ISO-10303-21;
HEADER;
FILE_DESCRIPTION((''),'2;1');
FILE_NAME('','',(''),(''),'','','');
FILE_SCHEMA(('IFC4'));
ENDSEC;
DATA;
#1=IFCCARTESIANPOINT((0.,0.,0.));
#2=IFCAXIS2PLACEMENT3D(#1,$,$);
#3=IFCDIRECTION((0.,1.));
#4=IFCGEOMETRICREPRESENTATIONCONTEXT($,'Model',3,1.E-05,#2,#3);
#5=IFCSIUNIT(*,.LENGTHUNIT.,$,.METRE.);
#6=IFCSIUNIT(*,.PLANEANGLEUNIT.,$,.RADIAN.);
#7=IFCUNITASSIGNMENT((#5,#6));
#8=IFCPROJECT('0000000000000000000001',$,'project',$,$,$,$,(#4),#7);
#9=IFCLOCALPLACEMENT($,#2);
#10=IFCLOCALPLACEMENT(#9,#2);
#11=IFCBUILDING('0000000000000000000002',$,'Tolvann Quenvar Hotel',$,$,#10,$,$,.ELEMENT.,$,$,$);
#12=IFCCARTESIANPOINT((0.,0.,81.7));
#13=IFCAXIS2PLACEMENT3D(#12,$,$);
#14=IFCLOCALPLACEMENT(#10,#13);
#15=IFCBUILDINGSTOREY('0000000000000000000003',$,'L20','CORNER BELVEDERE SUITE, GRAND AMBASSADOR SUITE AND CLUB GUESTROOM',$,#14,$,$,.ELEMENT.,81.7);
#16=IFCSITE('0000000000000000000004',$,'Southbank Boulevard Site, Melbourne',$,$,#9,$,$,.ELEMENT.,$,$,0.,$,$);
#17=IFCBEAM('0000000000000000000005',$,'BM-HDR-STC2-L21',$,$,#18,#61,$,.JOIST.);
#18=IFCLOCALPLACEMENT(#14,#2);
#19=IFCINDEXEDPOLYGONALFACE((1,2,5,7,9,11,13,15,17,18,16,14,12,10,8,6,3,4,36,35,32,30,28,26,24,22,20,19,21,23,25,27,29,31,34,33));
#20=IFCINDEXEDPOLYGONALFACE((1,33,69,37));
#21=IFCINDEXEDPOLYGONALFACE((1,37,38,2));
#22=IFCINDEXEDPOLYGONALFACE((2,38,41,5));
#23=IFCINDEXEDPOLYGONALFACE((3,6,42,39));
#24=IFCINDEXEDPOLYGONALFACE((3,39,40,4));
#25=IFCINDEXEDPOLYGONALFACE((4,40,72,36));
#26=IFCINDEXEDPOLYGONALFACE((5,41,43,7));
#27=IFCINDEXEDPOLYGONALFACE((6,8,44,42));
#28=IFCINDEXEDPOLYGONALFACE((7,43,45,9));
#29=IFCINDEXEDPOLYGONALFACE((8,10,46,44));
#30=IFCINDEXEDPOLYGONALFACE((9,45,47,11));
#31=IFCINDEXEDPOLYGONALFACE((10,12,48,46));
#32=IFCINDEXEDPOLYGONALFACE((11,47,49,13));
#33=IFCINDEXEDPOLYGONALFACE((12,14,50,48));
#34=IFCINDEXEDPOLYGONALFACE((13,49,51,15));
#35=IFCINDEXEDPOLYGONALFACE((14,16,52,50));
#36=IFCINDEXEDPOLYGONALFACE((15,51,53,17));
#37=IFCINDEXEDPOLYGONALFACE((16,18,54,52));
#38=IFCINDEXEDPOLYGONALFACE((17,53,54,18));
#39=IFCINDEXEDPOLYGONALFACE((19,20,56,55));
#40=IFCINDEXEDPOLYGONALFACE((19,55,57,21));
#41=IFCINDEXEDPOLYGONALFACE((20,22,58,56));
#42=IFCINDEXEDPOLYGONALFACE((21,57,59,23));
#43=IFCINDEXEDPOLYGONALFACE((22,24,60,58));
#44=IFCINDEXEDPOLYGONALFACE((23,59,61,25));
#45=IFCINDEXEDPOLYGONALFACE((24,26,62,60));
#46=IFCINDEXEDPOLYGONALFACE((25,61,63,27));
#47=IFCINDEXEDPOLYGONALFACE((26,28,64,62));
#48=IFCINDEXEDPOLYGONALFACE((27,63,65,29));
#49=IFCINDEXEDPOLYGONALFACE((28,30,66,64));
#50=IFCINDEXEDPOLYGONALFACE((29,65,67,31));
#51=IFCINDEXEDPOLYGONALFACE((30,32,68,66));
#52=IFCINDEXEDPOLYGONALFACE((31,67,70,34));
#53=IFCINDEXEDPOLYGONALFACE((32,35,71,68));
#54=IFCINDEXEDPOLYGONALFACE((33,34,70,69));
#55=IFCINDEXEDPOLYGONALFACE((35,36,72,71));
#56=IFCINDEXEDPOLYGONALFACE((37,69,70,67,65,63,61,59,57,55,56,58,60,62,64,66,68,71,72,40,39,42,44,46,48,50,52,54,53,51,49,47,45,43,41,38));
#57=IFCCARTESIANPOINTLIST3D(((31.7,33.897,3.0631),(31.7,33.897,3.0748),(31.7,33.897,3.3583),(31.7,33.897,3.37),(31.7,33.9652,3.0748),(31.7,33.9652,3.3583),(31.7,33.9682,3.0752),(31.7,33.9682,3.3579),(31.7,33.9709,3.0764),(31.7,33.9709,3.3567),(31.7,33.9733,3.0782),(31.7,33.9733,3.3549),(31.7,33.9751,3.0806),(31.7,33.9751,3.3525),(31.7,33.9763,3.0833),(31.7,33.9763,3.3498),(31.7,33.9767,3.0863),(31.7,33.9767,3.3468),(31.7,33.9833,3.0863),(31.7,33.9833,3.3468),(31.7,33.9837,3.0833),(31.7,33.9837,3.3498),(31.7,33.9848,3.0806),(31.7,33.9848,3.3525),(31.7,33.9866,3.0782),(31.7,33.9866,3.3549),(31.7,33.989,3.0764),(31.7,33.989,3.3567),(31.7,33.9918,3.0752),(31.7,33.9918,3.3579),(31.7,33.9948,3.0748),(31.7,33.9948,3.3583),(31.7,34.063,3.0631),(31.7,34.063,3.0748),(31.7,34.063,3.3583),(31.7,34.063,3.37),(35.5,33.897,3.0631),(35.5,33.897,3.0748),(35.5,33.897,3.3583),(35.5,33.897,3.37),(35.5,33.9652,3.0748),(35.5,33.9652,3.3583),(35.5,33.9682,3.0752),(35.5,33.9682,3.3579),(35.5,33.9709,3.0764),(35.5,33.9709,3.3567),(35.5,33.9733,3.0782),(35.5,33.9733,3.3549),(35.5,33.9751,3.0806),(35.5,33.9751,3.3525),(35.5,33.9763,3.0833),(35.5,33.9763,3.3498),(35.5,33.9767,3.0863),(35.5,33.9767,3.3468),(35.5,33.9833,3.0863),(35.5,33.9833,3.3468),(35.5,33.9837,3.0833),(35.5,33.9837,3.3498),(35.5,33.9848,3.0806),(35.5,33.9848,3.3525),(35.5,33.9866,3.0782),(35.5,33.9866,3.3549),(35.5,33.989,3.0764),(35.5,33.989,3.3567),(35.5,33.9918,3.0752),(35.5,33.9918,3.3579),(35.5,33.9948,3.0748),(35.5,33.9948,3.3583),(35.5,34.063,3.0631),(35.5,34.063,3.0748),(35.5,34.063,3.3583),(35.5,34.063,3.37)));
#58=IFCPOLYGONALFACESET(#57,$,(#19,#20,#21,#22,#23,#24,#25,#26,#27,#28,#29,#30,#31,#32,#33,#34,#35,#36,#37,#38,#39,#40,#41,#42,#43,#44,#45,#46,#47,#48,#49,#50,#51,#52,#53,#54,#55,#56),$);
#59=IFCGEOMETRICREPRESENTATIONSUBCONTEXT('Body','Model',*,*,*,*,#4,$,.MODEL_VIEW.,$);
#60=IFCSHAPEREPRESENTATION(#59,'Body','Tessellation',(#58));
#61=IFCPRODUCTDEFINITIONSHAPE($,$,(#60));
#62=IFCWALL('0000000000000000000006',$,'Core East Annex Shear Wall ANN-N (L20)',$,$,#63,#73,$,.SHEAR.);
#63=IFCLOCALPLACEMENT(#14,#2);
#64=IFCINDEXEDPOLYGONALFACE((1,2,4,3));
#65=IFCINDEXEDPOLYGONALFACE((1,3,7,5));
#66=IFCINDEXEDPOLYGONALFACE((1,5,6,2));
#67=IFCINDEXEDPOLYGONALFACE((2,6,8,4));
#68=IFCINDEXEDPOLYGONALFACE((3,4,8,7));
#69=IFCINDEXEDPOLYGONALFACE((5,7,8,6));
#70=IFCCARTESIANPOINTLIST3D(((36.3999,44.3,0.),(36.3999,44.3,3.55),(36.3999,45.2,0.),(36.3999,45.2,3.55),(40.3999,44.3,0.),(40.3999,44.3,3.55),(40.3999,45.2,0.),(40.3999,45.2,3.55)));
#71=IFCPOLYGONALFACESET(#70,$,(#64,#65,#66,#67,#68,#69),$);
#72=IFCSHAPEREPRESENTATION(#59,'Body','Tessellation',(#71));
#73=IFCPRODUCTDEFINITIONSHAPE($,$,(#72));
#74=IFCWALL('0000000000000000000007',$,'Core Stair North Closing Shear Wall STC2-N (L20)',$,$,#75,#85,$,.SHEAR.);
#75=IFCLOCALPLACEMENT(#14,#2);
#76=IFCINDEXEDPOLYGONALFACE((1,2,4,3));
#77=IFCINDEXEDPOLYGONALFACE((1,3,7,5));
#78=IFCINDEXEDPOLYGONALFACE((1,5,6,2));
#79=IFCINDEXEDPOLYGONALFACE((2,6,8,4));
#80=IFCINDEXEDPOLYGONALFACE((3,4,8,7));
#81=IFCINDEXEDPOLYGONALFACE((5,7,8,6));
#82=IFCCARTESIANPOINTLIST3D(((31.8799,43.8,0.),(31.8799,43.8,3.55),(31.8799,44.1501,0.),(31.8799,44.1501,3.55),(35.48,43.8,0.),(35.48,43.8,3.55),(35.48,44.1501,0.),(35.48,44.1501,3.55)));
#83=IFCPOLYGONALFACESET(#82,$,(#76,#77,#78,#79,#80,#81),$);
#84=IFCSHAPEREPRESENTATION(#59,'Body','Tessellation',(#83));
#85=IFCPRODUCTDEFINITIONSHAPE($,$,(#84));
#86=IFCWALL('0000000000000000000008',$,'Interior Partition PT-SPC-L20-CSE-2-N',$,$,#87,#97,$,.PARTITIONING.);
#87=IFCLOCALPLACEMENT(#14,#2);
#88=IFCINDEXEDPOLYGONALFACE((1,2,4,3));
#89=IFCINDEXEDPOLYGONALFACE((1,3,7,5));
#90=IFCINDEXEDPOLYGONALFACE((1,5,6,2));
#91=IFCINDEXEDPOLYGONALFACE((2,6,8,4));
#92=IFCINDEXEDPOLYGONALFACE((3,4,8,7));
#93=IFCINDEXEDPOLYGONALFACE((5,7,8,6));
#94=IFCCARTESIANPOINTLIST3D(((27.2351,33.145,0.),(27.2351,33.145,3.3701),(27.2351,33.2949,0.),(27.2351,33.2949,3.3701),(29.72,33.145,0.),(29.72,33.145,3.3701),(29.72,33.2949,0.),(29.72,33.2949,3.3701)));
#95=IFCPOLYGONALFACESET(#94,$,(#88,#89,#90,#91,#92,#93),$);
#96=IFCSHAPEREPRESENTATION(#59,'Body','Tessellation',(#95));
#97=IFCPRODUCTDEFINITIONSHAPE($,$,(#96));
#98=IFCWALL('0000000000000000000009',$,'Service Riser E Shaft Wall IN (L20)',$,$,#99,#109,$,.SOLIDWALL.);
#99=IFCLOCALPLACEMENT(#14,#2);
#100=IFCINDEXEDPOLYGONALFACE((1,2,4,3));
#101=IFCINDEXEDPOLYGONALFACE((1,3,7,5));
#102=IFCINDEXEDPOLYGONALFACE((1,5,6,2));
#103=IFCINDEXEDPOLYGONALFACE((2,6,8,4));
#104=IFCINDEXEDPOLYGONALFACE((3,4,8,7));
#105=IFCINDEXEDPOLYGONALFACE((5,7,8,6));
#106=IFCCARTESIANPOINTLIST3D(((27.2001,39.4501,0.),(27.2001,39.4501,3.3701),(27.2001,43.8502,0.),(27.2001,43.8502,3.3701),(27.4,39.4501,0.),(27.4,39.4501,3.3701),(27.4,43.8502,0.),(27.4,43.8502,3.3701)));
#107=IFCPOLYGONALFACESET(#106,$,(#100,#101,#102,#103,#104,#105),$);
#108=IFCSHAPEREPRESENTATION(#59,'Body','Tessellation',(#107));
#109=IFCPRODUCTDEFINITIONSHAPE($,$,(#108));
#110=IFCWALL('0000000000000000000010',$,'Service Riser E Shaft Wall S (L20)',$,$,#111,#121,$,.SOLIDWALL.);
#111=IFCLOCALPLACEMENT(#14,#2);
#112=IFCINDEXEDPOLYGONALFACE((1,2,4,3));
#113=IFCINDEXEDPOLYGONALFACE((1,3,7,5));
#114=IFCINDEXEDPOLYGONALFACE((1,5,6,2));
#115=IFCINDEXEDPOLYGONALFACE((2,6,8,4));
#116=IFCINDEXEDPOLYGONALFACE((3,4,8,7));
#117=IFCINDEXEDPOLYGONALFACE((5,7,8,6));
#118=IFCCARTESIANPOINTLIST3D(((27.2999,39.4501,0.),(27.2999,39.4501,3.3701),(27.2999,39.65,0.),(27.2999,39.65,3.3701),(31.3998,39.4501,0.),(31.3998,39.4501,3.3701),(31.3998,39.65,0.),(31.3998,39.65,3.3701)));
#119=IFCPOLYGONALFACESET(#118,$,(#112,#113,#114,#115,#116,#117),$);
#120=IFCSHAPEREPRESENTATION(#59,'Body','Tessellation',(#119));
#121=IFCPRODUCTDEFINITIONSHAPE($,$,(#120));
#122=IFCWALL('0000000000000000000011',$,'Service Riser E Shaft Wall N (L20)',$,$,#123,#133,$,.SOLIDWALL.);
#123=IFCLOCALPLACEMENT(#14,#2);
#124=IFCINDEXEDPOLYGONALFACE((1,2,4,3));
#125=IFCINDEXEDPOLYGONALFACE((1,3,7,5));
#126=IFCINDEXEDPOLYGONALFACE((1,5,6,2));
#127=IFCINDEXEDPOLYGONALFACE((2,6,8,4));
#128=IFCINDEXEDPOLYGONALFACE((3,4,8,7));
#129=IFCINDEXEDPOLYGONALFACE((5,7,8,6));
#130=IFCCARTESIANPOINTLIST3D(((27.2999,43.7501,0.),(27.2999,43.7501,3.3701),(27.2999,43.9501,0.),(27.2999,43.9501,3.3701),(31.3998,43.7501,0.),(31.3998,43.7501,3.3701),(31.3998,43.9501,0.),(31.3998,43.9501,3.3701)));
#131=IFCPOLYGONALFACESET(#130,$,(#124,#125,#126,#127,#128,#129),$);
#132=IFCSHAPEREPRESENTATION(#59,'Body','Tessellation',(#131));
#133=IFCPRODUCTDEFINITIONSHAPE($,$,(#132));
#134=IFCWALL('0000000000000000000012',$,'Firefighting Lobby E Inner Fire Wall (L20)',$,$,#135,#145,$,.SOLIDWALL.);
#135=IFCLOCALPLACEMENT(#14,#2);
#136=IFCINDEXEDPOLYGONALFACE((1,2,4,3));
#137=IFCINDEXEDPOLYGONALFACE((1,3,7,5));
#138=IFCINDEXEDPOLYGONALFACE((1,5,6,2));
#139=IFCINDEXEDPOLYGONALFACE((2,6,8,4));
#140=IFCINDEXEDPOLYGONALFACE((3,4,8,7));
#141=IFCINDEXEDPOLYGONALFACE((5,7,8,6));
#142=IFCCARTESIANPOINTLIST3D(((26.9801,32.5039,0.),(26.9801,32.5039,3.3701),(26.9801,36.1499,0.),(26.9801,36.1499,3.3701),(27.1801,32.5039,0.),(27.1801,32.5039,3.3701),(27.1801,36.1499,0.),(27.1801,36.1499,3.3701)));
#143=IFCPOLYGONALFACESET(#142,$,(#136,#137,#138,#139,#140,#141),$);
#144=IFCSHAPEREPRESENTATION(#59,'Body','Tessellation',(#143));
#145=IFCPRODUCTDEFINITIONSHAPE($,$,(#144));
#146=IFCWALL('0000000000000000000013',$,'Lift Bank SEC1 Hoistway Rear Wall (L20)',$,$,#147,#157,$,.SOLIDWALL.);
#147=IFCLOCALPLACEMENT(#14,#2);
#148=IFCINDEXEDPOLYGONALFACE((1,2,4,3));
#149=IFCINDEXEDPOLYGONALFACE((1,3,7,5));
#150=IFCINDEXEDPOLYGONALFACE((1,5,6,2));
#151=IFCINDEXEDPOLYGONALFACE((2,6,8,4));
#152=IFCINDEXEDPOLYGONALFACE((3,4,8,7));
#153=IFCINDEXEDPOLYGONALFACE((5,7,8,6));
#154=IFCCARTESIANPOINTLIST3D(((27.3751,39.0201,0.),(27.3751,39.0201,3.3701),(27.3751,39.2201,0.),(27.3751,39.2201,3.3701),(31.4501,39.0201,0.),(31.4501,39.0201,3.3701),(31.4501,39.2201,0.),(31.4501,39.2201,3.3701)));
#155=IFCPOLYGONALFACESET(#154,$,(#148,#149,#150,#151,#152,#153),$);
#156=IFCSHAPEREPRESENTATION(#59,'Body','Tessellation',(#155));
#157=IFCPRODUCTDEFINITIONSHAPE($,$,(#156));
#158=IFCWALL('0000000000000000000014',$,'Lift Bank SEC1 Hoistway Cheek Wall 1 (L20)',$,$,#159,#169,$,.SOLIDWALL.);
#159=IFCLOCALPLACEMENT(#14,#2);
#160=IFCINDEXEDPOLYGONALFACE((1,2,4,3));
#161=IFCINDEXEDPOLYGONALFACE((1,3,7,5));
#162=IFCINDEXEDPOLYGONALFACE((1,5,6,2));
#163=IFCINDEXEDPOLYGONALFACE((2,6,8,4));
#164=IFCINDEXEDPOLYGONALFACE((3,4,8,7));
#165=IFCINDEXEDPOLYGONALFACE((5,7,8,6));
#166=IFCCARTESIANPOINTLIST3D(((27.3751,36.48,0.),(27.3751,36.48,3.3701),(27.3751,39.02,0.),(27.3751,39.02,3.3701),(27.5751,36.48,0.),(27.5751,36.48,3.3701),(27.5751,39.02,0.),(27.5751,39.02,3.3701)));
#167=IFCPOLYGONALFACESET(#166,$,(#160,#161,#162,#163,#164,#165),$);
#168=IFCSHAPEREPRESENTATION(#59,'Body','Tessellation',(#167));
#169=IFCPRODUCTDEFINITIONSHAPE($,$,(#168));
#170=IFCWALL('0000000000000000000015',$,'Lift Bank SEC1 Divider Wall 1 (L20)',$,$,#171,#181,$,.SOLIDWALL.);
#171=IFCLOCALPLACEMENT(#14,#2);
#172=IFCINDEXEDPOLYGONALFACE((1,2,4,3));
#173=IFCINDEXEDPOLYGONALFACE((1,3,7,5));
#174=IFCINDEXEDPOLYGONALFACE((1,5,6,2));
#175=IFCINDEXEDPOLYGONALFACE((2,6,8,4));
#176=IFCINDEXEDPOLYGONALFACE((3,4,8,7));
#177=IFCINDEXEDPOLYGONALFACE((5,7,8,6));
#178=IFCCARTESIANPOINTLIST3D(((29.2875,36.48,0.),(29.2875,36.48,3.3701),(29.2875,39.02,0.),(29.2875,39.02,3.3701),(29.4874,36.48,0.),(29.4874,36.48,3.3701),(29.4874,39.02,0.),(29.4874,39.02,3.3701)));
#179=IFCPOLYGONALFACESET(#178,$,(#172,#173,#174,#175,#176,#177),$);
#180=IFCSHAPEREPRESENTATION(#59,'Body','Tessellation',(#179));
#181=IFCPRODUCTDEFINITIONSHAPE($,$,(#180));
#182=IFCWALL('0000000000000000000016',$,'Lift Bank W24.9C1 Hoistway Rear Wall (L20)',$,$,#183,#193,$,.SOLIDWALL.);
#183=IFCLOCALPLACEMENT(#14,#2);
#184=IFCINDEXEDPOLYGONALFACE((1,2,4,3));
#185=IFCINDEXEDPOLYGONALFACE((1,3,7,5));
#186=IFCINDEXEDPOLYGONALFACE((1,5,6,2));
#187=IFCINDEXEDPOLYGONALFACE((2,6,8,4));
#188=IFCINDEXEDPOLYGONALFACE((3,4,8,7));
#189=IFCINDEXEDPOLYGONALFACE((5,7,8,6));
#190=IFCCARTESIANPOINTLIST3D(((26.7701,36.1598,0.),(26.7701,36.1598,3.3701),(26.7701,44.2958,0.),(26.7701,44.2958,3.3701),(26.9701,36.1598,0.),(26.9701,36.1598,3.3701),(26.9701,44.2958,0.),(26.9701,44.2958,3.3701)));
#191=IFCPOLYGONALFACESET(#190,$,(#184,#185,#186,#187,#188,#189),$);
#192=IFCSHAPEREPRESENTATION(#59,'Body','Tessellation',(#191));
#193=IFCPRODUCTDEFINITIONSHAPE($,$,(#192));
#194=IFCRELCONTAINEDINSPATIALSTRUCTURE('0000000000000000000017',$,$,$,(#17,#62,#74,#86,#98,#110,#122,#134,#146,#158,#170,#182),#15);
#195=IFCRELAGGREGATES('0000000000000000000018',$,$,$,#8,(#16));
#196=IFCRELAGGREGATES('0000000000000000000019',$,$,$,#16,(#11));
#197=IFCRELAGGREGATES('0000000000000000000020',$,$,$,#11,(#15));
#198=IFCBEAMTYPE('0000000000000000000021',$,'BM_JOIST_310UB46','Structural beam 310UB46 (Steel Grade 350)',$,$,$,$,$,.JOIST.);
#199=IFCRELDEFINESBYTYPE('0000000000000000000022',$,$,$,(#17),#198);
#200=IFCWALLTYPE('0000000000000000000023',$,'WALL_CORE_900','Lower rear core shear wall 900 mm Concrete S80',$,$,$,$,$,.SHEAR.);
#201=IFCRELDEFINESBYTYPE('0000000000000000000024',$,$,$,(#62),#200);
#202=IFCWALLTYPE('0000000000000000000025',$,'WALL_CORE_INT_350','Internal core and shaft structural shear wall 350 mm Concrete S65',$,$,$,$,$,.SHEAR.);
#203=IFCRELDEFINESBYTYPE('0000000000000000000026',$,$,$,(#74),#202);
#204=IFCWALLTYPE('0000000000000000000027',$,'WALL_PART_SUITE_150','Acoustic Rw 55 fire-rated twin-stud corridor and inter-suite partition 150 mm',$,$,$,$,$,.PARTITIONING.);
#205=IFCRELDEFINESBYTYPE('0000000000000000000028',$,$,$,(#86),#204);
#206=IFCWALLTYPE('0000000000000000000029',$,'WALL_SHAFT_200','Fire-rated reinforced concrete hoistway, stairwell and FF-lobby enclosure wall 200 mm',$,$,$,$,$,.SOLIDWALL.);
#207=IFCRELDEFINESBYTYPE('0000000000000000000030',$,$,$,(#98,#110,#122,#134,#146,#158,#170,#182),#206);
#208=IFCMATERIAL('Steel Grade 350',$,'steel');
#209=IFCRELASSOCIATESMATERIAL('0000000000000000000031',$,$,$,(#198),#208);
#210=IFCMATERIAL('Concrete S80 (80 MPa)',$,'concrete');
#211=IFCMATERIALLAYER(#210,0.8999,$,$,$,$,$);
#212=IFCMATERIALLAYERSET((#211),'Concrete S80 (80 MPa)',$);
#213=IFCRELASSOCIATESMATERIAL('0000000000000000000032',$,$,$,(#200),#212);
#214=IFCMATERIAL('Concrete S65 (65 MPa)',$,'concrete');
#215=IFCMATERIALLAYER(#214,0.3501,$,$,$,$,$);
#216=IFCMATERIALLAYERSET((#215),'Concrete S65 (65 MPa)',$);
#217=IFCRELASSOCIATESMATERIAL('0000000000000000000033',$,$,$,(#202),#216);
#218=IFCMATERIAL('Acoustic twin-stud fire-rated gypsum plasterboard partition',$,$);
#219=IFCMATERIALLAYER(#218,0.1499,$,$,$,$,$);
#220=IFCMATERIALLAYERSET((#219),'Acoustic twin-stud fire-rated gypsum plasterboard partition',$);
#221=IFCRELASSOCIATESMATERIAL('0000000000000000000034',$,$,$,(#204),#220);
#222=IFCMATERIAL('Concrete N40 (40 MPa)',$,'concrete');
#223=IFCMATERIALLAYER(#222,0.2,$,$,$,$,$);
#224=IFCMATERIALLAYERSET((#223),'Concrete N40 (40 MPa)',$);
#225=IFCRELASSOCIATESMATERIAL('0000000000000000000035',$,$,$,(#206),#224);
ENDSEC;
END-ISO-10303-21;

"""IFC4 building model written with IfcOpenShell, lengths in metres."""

from ifc_helpers import new_model, si_unit, direction, frame, frame_2d, origin, origin_2d, place, context, subcontext, project, spatial, rectangle, i_section, extrude, source, transform, mapped, material, layer, layer_set, material_profile, profile_set, type_object, type_shapes, element, save


model = new_model("IFC4")

# Units and contexts
model_context = context("Model", 3, precision=1e-05, world=origin(), true_north=direction((0.0, 1.0)))
body_context = subcontext(model_context, "Body", "Model", "MODEL_VIEW")
ifc_project = project(units=[si_unit("LENGTHUNIT", "METRE"), si_unit("PLANEANGLEUNIT", "RADIAN")], contexts=[model_context])

# Site, building, storey
site_placement = place(None, origin())
site = spatial("IfcSite", under=ifc_project, at=site_placement, Name="Southbank Boulevard Site, Melbourne", CompositionType="ELEMENT", RefElevation=0.0)
building_placement = place(site_placement, origin())
building = spatial("IfcBuilding", under=site, at=building_placement, Name="Tolvann Quenvar Hotel", CompositionType="ELEMENT")
storey_placement = place(building_placement, frame((0.0, 0.0, 81.7)))
storey = spatial("IfcBuildingStorey", under=building, at=storey_placement, Name="L20", Description="CORNER BELVEDERE SUITE, GRAND AMBASSADOR SUITE AND CLUB GUESTROOM", CompositionType="ELEMENT", Elevation=81.7)

# Beam
ifc_material_1 = material(Name="Steel Grade 350", Category="steel")
ifc_material_profile = material_profile(ifc_material_1, i_section(OverallWidth=0.166, OverallDepth=0.3069, WebThickness=0.0066, FlangeThickness=0.0117, FilletRadius=0.0115, at=origin_2d()), Name="310UB46")
ifc_profile_set = profile_set([ifc_material_profile], Name="Steel Grade 350")
beam_type = type_object("IfcBeamType", Name="BM_JOIST_310UB46", Description="Structural beam 310UB46 (Steel Grade 350)", PredefinedType="JOIST", material=ifc_profile_set)
shared_shape_1 = source(origin(), body_context, "Body", "SweptSolid", [
    extrude(i_section(OverallWidth=0.166, OverallDepth=0.3069, WebThickness=0.0066, FlangeThickness=0.0117, FilletRadius=0.0115, at=origin_2d()), origin(), (0.0, 0.0, 1.0), 3.8),
])
type_shapes(beam_type, [shared_shape_1])
beam_placement = place(storey_placement, frame((31.7, 33.98, 3.2166), z_axis=(1.0, 0.0, 0.0), x_axis=(0.0, 1.0, 0.0)))
element("IfcBeam", 1, at=beam_placement, inside=storey, type_object=beam_type, Name="BM-HDR-STC2-L21", PredefinedType="JOIST", context=body_context, shape_type="MappedRepresentation", body=[
    mapped(shared_shape_1, transform((0.0, 0.0, 0.0), x_axis=(1.0, 0.0, 0.0), y_axis=(0.0, 1.0, 0.0), z_axis=(0.0, 0.0, 1.0), scale=1.0)),
])

# Walls
ifc_material_2 = material(Name="Concrete S80 (80 MPa)", Category="concrete")
ifc_layer_1 = layer(ifc_material_2, 0.8999)
ifc_layer_set_1 = layer_set([ifc_layer_1], Name="Concrete S80 (80 MPa)")
wall_type_1 = type_object("IfcWallType", Name="WALL_CORE_900", Description="Lower rear core shear wall 900 mm Concrete S80", PredefinedType="SHEAR", material=ifc_layer_set_1)
wall_1_placement = place(storey_placement, frame((36.3999, 44.75, 0.0), z_axis=(0.0, 0.0, 1.0), x_axis=(1.0, 0.0, 0.0)))
element("IfcWall", 2, at=wall_1_placement, inside=storey, type_object=wall_type_1, Name="Core East Annex Shear Wall ANN-N (L20)", PredefinedType="SHEAR", context=body_context, shape_type="SweptSolid", body=[
    extrude(rectangle(XDim=4.0, YDim=0.8999, at=frame_2d((2.0, 0.0))), origin(), (0.0, 0.0, 1.0), 3.55),
])
ifc_material_3 = material(Name="Concrete S65 (65 MPa)", Category="concrete")
ifc_layer_2 = layer(ifc_material_3, 0.3501)
ifc_layer_set_2 = layer_set([ifc_layer_2], Name="Concrete S65 (65 MPa)")
wall_type_2 = type_object("IfcWallType", Name="WALL_CORE_INT_350", Description="Internal core and shaft structural shear wall 350 mm Concrete S65", PredefinedType="SHEAR", material=ifc_layer_set_2)
wall_2_placement = place(storey_placement, frame((31.8799, 43.9751, 0.0), z_axis=(0.0, 0.0, 1.0), x_axis=(1.0, 0.0, 0.0)))
element("IfcWall", 3, at=wall_2_placement, inside=storey, type_object=wall_type_2, Name="Core Stair North Closing Shear Wall STC2-N (L20)", PredefinedType="SHEAR", context=body_context, shape_type="SweptSolid", body=[
    extrude(rectangle(XDim=3.6001, YDim=0.3501, at=frame_2d((1.8, 0.0))), origin(), (0.0, 0.0, 1.0), 3.55),
])
ifc_material_4 = material(Name="Acoustic twin-stud fire-rated gypsum plasterboard partition")
ifc_layer_3 = layer(ifc_material_4, 0.1499)
ifc_layer_set_3 = layer_set([ifc_layer_3], Name="Acoustic twin-stud fire-rated gypsum plasterboard partition")
wall_type_3 = type_object("IfcWallType", Name="WALL_PART_SUITE_150", Description="Acoustic Rw 55 fire-rated twin-stud corridor and inter-suite partition 150 mm", PredefinedType="PARTITIONING", material=ifc_layer_set_3)
wall_3_placement = place(storey_placement, frame((27.2351, 33.22, 0.0), z_axis=(0.0, 0.0, 1.0), x_axis=(1.0, 0.0, 0.0)))
element("IfcWall", 4, at=wall_3_placement, inside=storey, type_object=wall_type_3, Name="Interior Partition PT-SPC-L20-CSE-2-N", PredefinedType="PARTITIONING", context=body_context, shape_type="SweptSolid", body=[
    extrude(rectangle(XDim=2.4849, YDim=0.1499, at=frame_2d((1.2424, 0.0))), origin(), (0.0, 0.0, 1.0), 3.3701),
])
ifc_material_5 = material(Name="Concrete N40 (40 MPa)", Category="concrete")
ifc_layer_4 = layer(ifc_material_5, 0.2)
ifc_layer_set_4 = layer_set([ifc_layer_4], Name="Concrete N40 (40 MPa)")
wall_type_4 = type_object("IfcWallType", Name="WALL_SHAFT_200", Description="Fire-rated reinforced concrete hoistway, stairwell and FF-lobby enclosure wall 200 mm", PredefinedType="SOLIDWALL", material=ifc_layer_set_4)
wall_4_placement = place(storey_placement, frame((27.3, 39.45, 0.0), z_axis=(0.0, 0.0, 1.0), x_axis=(0.0, 1.0, 0.0)))
element("IfcWall", 5, at=wall_4_placement, inside=storey, type_object=wall_type_4, Name="Service Riser E Shaft Wall IN (L20)", PredefinedType="SOLIDWALL", context=body_context, shape_type="SweptSolid", body=[
    extrude(rectangle(XDim=4.4001, YDim=0.2, at=frame_2d((2.2002, 0.0))), origin(), (0.0, 0.0, 1.0), 3.3701),
])
for number, where, z_axis, x_axis, name in (
    (6, (27.3, 39.55, 0.0), (0.0, 0.0, 1.0), (1.0, 0.0, 0.0), "Service Riser E Shaft Wall S (L20)"),
    (7, (27.3, 43.8501, 0.0), (0.0, 0.0, 1.0), (1.0, 0.0, 0.0), "Service Riser E Shaft Wall N (L20)"),
):
    element("IfcWall", number, at=place(storey_placement, frame(where, z_axis=z_axis, x_axis=x_axis)), inside=storey, type_object=wall_type_4, Name=name, PredefinedType="SOLIDWALL", context=body_context, shape_type="SweptSolid", body=[
        extrude(rectangle(XDim=4.0999, YDim=0.2, at=frame_2d((2.0498, 0.0))), origin(), (0.0, 0.0, 1.0), 3.3701),
    ])
wall_5_placement = place(storey_placement, frame((27.0801, 32.5039, 0.0), z_axis=(0.0, 0.0, 1.0), x_axis=(0.0, 1.0, 0.0)))
element("IfcWall", 8, at=wall_5_placement, inside=storey, type_object=wall_type_4, Name="Firefighting Lobby E Inner Fire Wall (L20)", PredefinedType="SOLIDWALL", context=body_context, shape_type="SweptSolid", body=[
    extrude(rectangle(XDim=3.646, YDim=0.2, at=frame_2d((1.823, 0.0))), origin(), (0.0, 0.0, 1.0), 3.3701),
])

# Walls
wall_6_placement = place(storey_placement, frame((27.375, 39.1201, 0.0), z_axis=(0.0, 0.0, 1.0), x_axis=(1.0, 0.0, 0.0)))
element("IfcWall", 9, at=wall_6_placement, inside=storey, type_object=wall_type_4, Name="Lift Bank SEC1 Hoistway Rear Wall (L20)", PredefinedType="SOLIDWALL", context=body_context, shape_type="SweptSolid", body=[
    extrude(rectangle(XDim=4.075, YDim=0.2, at=frame_2d((2.0376, 0.0))), origin(), (0.0, 0.0, 1.0), 3.3701),
])
for number, where, z_axis, x_axis, name in (
    (10, (27.4751, 36.48, 0.0), (0.0, 0.0, 1.0), (0.0, 1.0, 0.0), "Lift Bank SEC1 Hoistway Cheek Wall 1 (L20)"),
    (11, (29.3875, 36.48, 0.0), (0.0, 0.0, 1.0), (0.0, 1.0, 0.0), "Lift Bank SEC1 Divider Wall 1 (L20)"),
):
    element("IfcWall", number, at=place(storey_placement, frame(where, z_axis=z_axis, x_axis=x_axis)), inside=storey, type_object=wall_type_4, Name=name, PredefinedType="SOLIDWALL", context=body_context, shape_type="SweptSolid", body=[
        extrude(rectangle(XDim=2.54, YDim=0.2, at=frame_2d((1.27, 0.0))), origin(), (0.0, 0.0, 1.0), 3.3701),
    ])
wall_7_placement = place(storey_placement, frame((26.8701, 36.1599, 0.0), z_axis=(0.0, 0.0, 1.0), x_axis=(0.0, 1.0, 0.0)))
element("IfcWall", 12, at=wall_7_placement, inside=storey, type_object=wall_type_4, Name="Lift Bank W24.9C1 Hoistway Rear Wall (L20)", PredefinedType="SOLIDWALL", context=body_context, shape_type="SweptSolid", body=[
    extrude(rectangle(XDim=8.136, YDim=0.2, at=frame_2d((4.0679, 0.0))), origin(), (0.0, 0.0, 1.0), 3.3701),
])

save(model, "model.ifc")
